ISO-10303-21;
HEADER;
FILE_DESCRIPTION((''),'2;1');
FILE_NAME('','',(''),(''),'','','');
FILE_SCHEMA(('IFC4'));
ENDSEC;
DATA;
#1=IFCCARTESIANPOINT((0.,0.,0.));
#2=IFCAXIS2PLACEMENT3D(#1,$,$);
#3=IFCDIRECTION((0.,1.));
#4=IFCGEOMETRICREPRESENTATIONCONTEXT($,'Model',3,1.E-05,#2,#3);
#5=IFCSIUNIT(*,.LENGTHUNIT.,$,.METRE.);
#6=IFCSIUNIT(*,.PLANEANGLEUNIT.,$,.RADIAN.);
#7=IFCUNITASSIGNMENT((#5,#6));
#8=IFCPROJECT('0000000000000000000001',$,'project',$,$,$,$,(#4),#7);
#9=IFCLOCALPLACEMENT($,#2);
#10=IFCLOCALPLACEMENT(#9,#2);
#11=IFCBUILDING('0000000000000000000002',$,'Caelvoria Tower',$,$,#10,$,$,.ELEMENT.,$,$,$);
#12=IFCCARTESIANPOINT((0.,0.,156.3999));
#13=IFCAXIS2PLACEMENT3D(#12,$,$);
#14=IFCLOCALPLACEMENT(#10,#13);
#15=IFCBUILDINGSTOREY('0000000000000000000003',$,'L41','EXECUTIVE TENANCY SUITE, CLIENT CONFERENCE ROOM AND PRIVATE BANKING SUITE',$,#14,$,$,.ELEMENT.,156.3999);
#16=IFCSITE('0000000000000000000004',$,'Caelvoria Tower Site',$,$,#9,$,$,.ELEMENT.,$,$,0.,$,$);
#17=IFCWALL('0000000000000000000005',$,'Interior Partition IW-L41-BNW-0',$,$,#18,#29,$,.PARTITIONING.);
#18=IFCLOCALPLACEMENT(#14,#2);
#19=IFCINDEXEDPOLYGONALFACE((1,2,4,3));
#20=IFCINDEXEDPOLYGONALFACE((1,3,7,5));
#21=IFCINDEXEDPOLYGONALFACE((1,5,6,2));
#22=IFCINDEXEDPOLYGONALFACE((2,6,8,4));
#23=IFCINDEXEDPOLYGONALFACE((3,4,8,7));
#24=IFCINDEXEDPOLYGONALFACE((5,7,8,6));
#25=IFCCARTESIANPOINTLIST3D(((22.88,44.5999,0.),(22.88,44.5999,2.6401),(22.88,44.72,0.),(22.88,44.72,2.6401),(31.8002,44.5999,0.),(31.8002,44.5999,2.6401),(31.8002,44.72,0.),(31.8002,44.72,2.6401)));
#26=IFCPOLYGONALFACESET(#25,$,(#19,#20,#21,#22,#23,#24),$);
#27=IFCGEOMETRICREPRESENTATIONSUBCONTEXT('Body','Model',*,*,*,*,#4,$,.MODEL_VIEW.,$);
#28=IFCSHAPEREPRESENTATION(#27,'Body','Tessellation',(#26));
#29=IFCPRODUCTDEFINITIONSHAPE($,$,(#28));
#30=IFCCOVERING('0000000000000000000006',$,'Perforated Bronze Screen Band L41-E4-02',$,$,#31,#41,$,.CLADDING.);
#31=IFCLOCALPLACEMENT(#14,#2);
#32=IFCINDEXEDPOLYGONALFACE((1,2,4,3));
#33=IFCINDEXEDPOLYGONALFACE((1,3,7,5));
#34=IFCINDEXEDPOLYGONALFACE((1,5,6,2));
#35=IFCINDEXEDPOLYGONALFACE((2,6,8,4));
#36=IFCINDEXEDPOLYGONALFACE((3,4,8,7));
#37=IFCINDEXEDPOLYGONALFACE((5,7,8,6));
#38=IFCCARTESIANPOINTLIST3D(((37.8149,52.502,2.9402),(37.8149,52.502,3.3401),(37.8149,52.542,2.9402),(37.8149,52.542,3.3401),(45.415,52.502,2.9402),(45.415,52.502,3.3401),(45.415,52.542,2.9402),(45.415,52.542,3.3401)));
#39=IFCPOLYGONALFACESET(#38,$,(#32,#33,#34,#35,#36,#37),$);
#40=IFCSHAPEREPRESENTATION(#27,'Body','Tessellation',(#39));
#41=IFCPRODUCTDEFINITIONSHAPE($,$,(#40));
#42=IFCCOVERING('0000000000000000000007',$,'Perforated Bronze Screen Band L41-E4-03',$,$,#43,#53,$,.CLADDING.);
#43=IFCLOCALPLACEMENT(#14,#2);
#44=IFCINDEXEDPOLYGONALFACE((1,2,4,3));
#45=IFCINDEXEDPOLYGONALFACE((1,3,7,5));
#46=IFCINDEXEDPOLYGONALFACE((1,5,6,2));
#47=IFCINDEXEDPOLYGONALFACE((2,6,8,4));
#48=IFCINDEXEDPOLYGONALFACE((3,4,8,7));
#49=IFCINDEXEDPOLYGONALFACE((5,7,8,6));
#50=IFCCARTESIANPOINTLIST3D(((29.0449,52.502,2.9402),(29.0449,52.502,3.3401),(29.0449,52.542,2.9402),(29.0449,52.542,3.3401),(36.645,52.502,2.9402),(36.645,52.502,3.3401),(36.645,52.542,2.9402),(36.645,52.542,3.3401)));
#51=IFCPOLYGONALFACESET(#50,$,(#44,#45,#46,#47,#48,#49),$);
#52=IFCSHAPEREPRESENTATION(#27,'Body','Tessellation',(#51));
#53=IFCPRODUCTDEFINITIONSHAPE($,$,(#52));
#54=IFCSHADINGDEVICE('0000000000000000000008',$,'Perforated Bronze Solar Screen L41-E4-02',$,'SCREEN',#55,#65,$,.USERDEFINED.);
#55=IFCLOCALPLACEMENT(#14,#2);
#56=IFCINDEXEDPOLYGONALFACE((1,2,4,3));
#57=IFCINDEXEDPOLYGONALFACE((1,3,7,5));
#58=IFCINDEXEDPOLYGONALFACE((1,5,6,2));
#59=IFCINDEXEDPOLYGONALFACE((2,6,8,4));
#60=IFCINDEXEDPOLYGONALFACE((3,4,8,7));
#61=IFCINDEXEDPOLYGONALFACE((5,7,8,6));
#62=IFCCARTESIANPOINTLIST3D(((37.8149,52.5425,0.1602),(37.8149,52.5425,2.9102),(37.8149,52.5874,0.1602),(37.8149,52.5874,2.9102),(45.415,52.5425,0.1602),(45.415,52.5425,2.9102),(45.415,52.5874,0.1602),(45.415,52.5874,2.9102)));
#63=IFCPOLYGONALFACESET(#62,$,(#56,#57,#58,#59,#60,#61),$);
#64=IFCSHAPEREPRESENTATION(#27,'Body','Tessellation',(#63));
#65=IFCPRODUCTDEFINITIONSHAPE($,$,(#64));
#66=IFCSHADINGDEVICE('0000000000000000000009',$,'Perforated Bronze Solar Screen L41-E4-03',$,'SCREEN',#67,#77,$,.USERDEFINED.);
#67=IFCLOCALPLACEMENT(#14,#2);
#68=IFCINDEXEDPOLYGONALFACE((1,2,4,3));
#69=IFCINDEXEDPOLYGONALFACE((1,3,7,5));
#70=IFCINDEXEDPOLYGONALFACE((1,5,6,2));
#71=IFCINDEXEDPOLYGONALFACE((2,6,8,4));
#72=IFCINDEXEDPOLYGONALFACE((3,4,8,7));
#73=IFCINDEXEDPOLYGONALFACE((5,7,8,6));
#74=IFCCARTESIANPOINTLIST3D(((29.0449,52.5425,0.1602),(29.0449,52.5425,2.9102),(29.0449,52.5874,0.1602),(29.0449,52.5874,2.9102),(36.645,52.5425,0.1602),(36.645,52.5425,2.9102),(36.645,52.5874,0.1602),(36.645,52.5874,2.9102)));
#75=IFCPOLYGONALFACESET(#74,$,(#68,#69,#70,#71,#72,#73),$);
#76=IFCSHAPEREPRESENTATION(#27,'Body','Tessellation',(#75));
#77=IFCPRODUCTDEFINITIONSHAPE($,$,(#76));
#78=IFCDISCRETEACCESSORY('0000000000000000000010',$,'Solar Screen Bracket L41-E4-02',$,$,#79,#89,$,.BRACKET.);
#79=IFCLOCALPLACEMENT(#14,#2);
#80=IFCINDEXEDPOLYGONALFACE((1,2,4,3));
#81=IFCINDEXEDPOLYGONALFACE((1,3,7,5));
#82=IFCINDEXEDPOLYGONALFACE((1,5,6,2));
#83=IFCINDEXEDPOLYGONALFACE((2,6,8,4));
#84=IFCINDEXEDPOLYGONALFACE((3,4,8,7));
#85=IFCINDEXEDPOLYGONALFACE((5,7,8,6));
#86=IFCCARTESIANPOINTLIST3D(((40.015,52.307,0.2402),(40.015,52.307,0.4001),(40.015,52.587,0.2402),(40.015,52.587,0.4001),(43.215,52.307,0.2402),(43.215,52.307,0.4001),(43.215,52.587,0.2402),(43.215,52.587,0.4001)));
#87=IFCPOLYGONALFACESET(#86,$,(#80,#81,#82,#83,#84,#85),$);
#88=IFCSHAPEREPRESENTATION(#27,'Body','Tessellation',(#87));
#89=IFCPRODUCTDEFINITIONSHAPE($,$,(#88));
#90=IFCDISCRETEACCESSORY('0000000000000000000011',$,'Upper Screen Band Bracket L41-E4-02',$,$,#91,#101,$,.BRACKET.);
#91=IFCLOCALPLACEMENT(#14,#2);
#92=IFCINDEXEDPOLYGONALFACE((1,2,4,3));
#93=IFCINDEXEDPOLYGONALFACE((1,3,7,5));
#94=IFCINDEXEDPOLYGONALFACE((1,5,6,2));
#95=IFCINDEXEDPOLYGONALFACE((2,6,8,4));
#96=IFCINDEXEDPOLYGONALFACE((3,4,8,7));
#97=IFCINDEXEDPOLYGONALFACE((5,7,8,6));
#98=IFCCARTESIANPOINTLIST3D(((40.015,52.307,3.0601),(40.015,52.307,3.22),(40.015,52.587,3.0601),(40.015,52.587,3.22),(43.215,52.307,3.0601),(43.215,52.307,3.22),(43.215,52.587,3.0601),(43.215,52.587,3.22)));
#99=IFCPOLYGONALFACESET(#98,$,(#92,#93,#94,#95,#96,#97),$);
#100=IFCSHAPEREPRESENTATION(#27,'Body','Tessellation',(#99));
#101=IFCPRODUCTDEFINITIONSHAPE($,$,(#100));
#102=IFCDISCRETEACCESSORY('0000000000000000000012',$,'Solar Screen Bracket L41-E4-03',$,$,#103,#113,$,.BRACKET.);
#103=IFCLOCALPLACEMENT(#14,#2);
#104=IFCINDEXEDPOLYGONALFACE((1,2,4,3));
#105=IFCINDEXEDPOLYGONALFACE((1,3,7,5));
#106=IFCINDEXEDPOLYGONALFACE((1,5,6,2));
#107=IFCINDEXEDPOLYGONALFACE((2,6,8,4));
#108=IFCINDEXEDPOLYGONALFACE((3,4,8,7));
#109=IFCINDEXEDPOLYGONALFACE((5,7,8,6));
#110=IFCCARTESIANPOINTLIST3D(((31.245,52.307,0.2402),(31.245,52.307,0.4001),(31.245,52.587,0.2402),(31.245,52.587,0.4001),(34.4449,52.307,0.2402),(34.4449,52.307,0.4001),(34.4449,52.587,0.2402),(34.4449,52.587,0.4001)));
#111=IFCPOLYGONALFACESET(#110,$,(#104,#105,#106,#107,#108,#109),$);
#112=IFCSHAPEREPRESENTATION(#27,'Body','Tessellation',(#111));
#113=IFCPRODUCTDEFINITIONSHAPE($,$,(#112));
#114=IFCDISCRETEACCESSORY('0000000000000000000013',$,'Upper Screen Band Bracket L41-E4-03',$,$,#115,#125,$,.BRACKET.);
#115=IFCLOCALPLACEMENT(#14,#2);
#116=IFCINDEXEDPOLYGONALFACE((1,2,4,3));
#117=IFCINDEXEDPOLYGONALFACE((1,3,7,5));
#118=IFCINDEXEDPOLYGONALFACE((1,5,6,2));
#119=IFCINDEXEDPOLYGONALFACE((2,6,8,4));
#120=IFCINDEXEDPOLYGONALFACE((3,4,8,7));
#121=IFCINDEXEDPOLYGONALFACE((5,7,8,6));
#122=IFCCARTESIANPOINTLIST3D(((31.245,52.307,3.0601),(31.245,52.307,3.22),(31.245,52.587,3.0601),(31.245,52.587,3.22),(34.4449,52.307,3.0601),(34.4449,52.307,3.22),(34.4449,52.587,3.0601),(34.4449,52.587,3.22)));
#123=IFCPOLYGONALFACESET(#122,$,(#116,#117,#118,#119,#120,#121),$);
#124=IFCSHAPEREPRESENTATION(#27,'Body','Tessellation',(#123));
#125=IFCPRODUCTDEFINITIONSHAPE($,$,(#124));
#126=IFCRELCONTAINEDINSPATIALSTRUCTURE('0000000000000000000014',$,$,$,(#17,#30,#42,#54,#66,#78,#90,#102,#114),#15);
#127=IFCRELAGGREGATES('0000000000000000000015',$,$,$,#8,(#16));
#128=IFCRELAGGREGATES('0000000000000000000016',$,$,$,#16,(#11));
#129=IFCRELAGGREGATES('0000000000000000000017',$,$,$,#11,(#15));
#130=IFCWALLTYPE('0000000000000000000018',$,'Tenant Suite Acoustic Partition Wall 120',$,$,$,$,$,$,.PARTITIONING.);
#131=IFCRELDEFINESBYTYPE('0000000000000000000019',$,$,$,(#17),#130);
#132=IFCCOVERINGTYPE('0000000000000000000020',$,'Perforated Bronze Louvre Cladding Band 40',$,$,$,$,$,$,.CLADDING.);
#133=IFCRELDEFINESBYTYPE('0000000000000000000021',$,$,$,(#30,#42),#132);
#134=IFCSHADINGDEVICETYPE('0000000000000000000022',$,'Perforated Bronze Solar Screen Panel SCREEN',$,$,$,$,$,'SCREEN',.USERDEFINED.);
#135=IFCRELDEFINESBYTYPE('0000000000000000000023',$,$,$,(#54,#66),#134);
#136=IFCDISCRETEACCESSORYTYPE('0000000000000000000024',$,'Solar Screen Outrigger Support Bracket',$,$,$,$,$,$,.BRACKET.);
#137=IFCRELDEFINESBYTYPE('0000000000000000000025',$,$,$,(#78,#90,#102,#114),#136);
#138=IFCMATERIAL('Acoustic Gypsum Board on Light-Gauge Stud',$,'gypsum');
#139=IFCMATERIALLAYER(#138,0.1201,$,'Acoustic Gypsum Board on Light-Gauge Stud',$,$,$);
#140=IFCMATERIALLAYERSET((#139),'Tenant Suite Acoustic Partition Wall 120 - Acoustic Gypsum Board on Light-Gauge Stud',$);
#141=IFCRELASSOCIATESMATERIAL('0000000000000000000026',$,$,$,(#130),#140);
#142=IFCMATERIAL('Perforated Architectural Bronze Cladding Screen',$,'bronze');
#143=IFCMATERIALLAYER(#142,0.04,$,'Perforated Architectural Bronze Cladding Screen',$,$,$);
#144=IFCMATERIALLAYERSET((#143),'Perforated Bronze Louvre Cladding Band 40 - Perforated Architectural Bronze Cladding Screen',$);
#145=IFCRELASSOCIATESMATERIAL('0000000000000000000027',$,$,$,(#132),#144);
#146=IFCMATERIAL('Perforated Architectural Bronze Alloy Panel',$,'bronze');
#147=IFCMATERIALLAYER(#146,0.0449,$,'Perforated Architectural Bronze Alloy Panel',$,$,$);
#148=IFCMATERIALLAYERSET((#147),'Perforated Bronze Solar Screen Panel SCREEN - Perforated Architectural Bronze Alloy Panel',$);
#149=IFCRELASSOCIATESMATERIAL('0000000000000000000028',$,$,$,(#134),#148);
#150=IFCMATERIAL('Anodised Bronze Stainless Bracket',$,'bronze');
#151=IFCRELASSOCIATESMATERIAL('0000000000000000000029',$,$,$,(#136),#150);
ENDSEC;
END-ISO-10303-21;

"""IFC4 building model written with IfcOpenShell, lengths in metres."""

from ifc_helpers import new_model, si_unit, direction, frame, frame_2d, origin, origin_2d, place, context, subcontext, project, spatial, rectangle, extrude, material, layer, layer_set, type_object, element, save


model = new_model("IFC4")

# Units and contexts
model_context = context("Model", 3, precision=1e-05, world=origin(), true_north=direction((0.0, 1.0)))
body_context = subcontext(model_context, "Body", "Model", "MODEL_VIEW")
ifc_project = project(units=[si_unit("LENGTHUNIT", "METRE"), si_unit("PLANEANGLEUNIT", "RADIAN")], contexts=[model_context])

# Site, building, storey
site_placement = place(None, origin())
site = spatial("IfcSite", under=ifc_project, at=site_placement, Name="Caelvoria Tower Site", CompositionType="ELEMENT", RefElevation=0.0)
building_placement = place(site_placement, origin())
building = spatial("IfcBuilding", under=site, at=building_placement, Name="Caelvoria Tower", CompositionType="ELEMENT")
storey_placement = place(building_placement, frame((0.0, 0.0, 156.3999)))
storey = spatial("IfcBuildingStorey", under=building, at=storey_placement, Name="L41", Description="EXECUTIVE TENANCY SUITE, CLIENT CONFERENCE ROOM AND PRIVATE BANKING SUITE", CompositionType="ELEMENT", Elevation=156.3999)

# Shared definitions
ifc_material_1 = material(Name="Acoustic Gypsum Board on Light-Gauge Stud", Category="gypsum")
ifc_layer_1 = layer(ifc_material_1, 0.1201, Name="Acoustic Gypsum Board on Light-Gauge Stud")
ifc_layer_set_1 = layer_set([ifc_layer_1], Name="Tenant Suite Acoustic Partition Wall 120 - Acoustic Gypsum Board on Light-Gauge Stud")
wall_type = type_object("IfcWallType", Name="Tenant Suite Acoustic Partition Wall 120", PredefinedType="PARTITIONING", material=ifc_layer_set_1)

# Wall
wall_1_placement = place(storey_placement, frame((31.8, 44.6599, 0.0), z_axis=(0.0, 0.0, 1.0), x_axis=(-1.0, 0.0, 0.0)))
element("IfcWall", 1, at=wall_1_placement, inside=storey, type_object=wall_type, Name="Interior Partition IW-L41-BNW-0", PredefinedType="PARTITIONING", context=body_context, shape_type="SweptSolid", body=[
    extrude(rectangle(XDim=8.9202, YDim=0.1201, at=frame_2d((4.46, 0.0))), origin(), (0.0, 0.0, 1.0), 2.6401),
])

# Coverings
ifc_material_2 = material(Name="Perforated Architectural Bronze Cladding Screen", Category="bronze")
ifc_layer_2 = layer(ifc_material_2, 0.04, Name="Perforated Architectural Bronze Cladding Screen")
ifc_layer_set_2 = layer_set([ifc_layer_2], Name="Perforated Bronze Louvre Cladding Band 40 - Perforated Architectural Bronze Cladding Screen")
covering_type = type_object("IfcCoveringType", Name="Perforated Bronze Louvre Cladding Band 40", PredefinedType="CLADDING", material=ifc_layer_set_2)
for number, where, z_axis, x_axis, name in (
    (2, (41.615, 52.522, 2.9402), (0.0, 0.0, 1.0), (-1.0, 0.0, 0.0), "Perforated Bronze Screen Band L41-E4-02"),
    (3, (32.845, 52.522, 2.9402), (0.0, 0.0, 1.0), (-1.0, 0.0, 0.0), "Perforated Bronze Screen Band L41-E4-03"),
):
    element("IfcCovering", number, at=place(storey_placement, frame(where, z_axis=z_axis, x_axis=x_axis)), inside=storey, type_object=covering_type, Name=name, PredefinedType="CLADDING", context=body_context, shape_type="SweptSolid", body=[
        extrude(rectangle(XDim=7.6001, YDim=0.04, at=origin_2d()), origin(), (0.0, 0.0, 1.0), 0.3999),
    ])

# Shading devices
ifc_material_3 = material(Name="Perforated Architectural Bronze Alloy Panel", Category="bronze")
ifc_layer_3 = layer(ifc_material_3, 0.0449, Name="Perforated Architectural Bronze Alloy Panel")
ifc_layer_set_3 = layer_set([ifc_layer_3], Name="Perforated Bronze Solar Screen Panel SCREEN - Perforated Architectural Bronze Alloy Panel")
shading_device_type = type_object("IfcShadingDeviceType", Name="Perforated Bronze Solar Screen Panel SCREEN", ElementType="SCREEN", PredefinedType="USERDEFINED", material=ifc_layer_set_3)
for number, where, z_axis, x_axis, name in (
    (4, (41.615, 52.5649, 0.1602), (0.0, 0.0, 1.0), (-1.0, 0.0, 0.0), "Perforated Bronze Solar Screen L41-E4-02"),
    (5, (32.845, 52.5649, 0.1602), (0.0, 0.0, 1.0), (-1.0, 0.0, 0.0), "Perforated Bronze Solar Screen L41-E4-03"),
):
    element("IfcShadingDevice", number, at=place(storey_placement, frame(where, z_axis=z_axis, x_axis=x_axis)), inside=storey, type_object=shading_device_type, Name=name, ObjectType="SCREEN", PredefinedType="USERDEFINED", context=body_context, shape_type="SweptSolid", body=[
        extrude(rectangle(XDim=7.6001, YDim=0.0449, at=origin_2d()), origin(), (0.0, 0.0, 1.0), 2.75),
    ])

# Discrete accessories
ifc_material_4 = material(Name="Anodised Bronze Stainless Bracket", Category="bronze")
discrete_accessory_type = type_object("IfcDiscreteAccessoryType", Name="Solar Screen Outrigger Support Bracket", PredefinedType="BRACKET", material=ifc_material_4)
for number, where, z_axis, x_axis, name in (
    (6, (41.615, 52.447, 0.2402), (0.0, 0.0, 1.0), (-1.0, 0.0, 0.0), "Solar Screen Bracket L41-E4-02"),
    (7, (41.615, 52.447, 3.0601), (0.0, 0.0, 1.0), (-1.0, 0.0, 0.0), "Upper Screen Band Bracket L41-E4-02"),
    (8, (32.845, 52.447, 0.2402), (0.0, 0.0, 1.0), (-1.0, 0.0, 0.0), "Solar Screen Bracket L41-E4-03"),
    (9, (32.845, 52.447, 3.0601), (0.0, 0.0, 1.0), (-1.0, 0.0, 0.0), "Upper Screen Band Bracket L41-E4-03"),
):
    element("IfcDiscreteAccessory", number, at=place(storey_placement, frame(where, z_axis=z_axis, x_axis=x_axis)), inside=storey, type_object=discrete_accessory_type, Name=name, PredefinedType="BRACKET", context=body_context, shape_type="SweptSolid", body=[
        extrude(rectangle(XDim=3.2, YDim=0.28, at=origin_2d()), origin(), (0.0, 0.0, 1.0), 0.1599),
    ])

save(model, "model.ifc")
